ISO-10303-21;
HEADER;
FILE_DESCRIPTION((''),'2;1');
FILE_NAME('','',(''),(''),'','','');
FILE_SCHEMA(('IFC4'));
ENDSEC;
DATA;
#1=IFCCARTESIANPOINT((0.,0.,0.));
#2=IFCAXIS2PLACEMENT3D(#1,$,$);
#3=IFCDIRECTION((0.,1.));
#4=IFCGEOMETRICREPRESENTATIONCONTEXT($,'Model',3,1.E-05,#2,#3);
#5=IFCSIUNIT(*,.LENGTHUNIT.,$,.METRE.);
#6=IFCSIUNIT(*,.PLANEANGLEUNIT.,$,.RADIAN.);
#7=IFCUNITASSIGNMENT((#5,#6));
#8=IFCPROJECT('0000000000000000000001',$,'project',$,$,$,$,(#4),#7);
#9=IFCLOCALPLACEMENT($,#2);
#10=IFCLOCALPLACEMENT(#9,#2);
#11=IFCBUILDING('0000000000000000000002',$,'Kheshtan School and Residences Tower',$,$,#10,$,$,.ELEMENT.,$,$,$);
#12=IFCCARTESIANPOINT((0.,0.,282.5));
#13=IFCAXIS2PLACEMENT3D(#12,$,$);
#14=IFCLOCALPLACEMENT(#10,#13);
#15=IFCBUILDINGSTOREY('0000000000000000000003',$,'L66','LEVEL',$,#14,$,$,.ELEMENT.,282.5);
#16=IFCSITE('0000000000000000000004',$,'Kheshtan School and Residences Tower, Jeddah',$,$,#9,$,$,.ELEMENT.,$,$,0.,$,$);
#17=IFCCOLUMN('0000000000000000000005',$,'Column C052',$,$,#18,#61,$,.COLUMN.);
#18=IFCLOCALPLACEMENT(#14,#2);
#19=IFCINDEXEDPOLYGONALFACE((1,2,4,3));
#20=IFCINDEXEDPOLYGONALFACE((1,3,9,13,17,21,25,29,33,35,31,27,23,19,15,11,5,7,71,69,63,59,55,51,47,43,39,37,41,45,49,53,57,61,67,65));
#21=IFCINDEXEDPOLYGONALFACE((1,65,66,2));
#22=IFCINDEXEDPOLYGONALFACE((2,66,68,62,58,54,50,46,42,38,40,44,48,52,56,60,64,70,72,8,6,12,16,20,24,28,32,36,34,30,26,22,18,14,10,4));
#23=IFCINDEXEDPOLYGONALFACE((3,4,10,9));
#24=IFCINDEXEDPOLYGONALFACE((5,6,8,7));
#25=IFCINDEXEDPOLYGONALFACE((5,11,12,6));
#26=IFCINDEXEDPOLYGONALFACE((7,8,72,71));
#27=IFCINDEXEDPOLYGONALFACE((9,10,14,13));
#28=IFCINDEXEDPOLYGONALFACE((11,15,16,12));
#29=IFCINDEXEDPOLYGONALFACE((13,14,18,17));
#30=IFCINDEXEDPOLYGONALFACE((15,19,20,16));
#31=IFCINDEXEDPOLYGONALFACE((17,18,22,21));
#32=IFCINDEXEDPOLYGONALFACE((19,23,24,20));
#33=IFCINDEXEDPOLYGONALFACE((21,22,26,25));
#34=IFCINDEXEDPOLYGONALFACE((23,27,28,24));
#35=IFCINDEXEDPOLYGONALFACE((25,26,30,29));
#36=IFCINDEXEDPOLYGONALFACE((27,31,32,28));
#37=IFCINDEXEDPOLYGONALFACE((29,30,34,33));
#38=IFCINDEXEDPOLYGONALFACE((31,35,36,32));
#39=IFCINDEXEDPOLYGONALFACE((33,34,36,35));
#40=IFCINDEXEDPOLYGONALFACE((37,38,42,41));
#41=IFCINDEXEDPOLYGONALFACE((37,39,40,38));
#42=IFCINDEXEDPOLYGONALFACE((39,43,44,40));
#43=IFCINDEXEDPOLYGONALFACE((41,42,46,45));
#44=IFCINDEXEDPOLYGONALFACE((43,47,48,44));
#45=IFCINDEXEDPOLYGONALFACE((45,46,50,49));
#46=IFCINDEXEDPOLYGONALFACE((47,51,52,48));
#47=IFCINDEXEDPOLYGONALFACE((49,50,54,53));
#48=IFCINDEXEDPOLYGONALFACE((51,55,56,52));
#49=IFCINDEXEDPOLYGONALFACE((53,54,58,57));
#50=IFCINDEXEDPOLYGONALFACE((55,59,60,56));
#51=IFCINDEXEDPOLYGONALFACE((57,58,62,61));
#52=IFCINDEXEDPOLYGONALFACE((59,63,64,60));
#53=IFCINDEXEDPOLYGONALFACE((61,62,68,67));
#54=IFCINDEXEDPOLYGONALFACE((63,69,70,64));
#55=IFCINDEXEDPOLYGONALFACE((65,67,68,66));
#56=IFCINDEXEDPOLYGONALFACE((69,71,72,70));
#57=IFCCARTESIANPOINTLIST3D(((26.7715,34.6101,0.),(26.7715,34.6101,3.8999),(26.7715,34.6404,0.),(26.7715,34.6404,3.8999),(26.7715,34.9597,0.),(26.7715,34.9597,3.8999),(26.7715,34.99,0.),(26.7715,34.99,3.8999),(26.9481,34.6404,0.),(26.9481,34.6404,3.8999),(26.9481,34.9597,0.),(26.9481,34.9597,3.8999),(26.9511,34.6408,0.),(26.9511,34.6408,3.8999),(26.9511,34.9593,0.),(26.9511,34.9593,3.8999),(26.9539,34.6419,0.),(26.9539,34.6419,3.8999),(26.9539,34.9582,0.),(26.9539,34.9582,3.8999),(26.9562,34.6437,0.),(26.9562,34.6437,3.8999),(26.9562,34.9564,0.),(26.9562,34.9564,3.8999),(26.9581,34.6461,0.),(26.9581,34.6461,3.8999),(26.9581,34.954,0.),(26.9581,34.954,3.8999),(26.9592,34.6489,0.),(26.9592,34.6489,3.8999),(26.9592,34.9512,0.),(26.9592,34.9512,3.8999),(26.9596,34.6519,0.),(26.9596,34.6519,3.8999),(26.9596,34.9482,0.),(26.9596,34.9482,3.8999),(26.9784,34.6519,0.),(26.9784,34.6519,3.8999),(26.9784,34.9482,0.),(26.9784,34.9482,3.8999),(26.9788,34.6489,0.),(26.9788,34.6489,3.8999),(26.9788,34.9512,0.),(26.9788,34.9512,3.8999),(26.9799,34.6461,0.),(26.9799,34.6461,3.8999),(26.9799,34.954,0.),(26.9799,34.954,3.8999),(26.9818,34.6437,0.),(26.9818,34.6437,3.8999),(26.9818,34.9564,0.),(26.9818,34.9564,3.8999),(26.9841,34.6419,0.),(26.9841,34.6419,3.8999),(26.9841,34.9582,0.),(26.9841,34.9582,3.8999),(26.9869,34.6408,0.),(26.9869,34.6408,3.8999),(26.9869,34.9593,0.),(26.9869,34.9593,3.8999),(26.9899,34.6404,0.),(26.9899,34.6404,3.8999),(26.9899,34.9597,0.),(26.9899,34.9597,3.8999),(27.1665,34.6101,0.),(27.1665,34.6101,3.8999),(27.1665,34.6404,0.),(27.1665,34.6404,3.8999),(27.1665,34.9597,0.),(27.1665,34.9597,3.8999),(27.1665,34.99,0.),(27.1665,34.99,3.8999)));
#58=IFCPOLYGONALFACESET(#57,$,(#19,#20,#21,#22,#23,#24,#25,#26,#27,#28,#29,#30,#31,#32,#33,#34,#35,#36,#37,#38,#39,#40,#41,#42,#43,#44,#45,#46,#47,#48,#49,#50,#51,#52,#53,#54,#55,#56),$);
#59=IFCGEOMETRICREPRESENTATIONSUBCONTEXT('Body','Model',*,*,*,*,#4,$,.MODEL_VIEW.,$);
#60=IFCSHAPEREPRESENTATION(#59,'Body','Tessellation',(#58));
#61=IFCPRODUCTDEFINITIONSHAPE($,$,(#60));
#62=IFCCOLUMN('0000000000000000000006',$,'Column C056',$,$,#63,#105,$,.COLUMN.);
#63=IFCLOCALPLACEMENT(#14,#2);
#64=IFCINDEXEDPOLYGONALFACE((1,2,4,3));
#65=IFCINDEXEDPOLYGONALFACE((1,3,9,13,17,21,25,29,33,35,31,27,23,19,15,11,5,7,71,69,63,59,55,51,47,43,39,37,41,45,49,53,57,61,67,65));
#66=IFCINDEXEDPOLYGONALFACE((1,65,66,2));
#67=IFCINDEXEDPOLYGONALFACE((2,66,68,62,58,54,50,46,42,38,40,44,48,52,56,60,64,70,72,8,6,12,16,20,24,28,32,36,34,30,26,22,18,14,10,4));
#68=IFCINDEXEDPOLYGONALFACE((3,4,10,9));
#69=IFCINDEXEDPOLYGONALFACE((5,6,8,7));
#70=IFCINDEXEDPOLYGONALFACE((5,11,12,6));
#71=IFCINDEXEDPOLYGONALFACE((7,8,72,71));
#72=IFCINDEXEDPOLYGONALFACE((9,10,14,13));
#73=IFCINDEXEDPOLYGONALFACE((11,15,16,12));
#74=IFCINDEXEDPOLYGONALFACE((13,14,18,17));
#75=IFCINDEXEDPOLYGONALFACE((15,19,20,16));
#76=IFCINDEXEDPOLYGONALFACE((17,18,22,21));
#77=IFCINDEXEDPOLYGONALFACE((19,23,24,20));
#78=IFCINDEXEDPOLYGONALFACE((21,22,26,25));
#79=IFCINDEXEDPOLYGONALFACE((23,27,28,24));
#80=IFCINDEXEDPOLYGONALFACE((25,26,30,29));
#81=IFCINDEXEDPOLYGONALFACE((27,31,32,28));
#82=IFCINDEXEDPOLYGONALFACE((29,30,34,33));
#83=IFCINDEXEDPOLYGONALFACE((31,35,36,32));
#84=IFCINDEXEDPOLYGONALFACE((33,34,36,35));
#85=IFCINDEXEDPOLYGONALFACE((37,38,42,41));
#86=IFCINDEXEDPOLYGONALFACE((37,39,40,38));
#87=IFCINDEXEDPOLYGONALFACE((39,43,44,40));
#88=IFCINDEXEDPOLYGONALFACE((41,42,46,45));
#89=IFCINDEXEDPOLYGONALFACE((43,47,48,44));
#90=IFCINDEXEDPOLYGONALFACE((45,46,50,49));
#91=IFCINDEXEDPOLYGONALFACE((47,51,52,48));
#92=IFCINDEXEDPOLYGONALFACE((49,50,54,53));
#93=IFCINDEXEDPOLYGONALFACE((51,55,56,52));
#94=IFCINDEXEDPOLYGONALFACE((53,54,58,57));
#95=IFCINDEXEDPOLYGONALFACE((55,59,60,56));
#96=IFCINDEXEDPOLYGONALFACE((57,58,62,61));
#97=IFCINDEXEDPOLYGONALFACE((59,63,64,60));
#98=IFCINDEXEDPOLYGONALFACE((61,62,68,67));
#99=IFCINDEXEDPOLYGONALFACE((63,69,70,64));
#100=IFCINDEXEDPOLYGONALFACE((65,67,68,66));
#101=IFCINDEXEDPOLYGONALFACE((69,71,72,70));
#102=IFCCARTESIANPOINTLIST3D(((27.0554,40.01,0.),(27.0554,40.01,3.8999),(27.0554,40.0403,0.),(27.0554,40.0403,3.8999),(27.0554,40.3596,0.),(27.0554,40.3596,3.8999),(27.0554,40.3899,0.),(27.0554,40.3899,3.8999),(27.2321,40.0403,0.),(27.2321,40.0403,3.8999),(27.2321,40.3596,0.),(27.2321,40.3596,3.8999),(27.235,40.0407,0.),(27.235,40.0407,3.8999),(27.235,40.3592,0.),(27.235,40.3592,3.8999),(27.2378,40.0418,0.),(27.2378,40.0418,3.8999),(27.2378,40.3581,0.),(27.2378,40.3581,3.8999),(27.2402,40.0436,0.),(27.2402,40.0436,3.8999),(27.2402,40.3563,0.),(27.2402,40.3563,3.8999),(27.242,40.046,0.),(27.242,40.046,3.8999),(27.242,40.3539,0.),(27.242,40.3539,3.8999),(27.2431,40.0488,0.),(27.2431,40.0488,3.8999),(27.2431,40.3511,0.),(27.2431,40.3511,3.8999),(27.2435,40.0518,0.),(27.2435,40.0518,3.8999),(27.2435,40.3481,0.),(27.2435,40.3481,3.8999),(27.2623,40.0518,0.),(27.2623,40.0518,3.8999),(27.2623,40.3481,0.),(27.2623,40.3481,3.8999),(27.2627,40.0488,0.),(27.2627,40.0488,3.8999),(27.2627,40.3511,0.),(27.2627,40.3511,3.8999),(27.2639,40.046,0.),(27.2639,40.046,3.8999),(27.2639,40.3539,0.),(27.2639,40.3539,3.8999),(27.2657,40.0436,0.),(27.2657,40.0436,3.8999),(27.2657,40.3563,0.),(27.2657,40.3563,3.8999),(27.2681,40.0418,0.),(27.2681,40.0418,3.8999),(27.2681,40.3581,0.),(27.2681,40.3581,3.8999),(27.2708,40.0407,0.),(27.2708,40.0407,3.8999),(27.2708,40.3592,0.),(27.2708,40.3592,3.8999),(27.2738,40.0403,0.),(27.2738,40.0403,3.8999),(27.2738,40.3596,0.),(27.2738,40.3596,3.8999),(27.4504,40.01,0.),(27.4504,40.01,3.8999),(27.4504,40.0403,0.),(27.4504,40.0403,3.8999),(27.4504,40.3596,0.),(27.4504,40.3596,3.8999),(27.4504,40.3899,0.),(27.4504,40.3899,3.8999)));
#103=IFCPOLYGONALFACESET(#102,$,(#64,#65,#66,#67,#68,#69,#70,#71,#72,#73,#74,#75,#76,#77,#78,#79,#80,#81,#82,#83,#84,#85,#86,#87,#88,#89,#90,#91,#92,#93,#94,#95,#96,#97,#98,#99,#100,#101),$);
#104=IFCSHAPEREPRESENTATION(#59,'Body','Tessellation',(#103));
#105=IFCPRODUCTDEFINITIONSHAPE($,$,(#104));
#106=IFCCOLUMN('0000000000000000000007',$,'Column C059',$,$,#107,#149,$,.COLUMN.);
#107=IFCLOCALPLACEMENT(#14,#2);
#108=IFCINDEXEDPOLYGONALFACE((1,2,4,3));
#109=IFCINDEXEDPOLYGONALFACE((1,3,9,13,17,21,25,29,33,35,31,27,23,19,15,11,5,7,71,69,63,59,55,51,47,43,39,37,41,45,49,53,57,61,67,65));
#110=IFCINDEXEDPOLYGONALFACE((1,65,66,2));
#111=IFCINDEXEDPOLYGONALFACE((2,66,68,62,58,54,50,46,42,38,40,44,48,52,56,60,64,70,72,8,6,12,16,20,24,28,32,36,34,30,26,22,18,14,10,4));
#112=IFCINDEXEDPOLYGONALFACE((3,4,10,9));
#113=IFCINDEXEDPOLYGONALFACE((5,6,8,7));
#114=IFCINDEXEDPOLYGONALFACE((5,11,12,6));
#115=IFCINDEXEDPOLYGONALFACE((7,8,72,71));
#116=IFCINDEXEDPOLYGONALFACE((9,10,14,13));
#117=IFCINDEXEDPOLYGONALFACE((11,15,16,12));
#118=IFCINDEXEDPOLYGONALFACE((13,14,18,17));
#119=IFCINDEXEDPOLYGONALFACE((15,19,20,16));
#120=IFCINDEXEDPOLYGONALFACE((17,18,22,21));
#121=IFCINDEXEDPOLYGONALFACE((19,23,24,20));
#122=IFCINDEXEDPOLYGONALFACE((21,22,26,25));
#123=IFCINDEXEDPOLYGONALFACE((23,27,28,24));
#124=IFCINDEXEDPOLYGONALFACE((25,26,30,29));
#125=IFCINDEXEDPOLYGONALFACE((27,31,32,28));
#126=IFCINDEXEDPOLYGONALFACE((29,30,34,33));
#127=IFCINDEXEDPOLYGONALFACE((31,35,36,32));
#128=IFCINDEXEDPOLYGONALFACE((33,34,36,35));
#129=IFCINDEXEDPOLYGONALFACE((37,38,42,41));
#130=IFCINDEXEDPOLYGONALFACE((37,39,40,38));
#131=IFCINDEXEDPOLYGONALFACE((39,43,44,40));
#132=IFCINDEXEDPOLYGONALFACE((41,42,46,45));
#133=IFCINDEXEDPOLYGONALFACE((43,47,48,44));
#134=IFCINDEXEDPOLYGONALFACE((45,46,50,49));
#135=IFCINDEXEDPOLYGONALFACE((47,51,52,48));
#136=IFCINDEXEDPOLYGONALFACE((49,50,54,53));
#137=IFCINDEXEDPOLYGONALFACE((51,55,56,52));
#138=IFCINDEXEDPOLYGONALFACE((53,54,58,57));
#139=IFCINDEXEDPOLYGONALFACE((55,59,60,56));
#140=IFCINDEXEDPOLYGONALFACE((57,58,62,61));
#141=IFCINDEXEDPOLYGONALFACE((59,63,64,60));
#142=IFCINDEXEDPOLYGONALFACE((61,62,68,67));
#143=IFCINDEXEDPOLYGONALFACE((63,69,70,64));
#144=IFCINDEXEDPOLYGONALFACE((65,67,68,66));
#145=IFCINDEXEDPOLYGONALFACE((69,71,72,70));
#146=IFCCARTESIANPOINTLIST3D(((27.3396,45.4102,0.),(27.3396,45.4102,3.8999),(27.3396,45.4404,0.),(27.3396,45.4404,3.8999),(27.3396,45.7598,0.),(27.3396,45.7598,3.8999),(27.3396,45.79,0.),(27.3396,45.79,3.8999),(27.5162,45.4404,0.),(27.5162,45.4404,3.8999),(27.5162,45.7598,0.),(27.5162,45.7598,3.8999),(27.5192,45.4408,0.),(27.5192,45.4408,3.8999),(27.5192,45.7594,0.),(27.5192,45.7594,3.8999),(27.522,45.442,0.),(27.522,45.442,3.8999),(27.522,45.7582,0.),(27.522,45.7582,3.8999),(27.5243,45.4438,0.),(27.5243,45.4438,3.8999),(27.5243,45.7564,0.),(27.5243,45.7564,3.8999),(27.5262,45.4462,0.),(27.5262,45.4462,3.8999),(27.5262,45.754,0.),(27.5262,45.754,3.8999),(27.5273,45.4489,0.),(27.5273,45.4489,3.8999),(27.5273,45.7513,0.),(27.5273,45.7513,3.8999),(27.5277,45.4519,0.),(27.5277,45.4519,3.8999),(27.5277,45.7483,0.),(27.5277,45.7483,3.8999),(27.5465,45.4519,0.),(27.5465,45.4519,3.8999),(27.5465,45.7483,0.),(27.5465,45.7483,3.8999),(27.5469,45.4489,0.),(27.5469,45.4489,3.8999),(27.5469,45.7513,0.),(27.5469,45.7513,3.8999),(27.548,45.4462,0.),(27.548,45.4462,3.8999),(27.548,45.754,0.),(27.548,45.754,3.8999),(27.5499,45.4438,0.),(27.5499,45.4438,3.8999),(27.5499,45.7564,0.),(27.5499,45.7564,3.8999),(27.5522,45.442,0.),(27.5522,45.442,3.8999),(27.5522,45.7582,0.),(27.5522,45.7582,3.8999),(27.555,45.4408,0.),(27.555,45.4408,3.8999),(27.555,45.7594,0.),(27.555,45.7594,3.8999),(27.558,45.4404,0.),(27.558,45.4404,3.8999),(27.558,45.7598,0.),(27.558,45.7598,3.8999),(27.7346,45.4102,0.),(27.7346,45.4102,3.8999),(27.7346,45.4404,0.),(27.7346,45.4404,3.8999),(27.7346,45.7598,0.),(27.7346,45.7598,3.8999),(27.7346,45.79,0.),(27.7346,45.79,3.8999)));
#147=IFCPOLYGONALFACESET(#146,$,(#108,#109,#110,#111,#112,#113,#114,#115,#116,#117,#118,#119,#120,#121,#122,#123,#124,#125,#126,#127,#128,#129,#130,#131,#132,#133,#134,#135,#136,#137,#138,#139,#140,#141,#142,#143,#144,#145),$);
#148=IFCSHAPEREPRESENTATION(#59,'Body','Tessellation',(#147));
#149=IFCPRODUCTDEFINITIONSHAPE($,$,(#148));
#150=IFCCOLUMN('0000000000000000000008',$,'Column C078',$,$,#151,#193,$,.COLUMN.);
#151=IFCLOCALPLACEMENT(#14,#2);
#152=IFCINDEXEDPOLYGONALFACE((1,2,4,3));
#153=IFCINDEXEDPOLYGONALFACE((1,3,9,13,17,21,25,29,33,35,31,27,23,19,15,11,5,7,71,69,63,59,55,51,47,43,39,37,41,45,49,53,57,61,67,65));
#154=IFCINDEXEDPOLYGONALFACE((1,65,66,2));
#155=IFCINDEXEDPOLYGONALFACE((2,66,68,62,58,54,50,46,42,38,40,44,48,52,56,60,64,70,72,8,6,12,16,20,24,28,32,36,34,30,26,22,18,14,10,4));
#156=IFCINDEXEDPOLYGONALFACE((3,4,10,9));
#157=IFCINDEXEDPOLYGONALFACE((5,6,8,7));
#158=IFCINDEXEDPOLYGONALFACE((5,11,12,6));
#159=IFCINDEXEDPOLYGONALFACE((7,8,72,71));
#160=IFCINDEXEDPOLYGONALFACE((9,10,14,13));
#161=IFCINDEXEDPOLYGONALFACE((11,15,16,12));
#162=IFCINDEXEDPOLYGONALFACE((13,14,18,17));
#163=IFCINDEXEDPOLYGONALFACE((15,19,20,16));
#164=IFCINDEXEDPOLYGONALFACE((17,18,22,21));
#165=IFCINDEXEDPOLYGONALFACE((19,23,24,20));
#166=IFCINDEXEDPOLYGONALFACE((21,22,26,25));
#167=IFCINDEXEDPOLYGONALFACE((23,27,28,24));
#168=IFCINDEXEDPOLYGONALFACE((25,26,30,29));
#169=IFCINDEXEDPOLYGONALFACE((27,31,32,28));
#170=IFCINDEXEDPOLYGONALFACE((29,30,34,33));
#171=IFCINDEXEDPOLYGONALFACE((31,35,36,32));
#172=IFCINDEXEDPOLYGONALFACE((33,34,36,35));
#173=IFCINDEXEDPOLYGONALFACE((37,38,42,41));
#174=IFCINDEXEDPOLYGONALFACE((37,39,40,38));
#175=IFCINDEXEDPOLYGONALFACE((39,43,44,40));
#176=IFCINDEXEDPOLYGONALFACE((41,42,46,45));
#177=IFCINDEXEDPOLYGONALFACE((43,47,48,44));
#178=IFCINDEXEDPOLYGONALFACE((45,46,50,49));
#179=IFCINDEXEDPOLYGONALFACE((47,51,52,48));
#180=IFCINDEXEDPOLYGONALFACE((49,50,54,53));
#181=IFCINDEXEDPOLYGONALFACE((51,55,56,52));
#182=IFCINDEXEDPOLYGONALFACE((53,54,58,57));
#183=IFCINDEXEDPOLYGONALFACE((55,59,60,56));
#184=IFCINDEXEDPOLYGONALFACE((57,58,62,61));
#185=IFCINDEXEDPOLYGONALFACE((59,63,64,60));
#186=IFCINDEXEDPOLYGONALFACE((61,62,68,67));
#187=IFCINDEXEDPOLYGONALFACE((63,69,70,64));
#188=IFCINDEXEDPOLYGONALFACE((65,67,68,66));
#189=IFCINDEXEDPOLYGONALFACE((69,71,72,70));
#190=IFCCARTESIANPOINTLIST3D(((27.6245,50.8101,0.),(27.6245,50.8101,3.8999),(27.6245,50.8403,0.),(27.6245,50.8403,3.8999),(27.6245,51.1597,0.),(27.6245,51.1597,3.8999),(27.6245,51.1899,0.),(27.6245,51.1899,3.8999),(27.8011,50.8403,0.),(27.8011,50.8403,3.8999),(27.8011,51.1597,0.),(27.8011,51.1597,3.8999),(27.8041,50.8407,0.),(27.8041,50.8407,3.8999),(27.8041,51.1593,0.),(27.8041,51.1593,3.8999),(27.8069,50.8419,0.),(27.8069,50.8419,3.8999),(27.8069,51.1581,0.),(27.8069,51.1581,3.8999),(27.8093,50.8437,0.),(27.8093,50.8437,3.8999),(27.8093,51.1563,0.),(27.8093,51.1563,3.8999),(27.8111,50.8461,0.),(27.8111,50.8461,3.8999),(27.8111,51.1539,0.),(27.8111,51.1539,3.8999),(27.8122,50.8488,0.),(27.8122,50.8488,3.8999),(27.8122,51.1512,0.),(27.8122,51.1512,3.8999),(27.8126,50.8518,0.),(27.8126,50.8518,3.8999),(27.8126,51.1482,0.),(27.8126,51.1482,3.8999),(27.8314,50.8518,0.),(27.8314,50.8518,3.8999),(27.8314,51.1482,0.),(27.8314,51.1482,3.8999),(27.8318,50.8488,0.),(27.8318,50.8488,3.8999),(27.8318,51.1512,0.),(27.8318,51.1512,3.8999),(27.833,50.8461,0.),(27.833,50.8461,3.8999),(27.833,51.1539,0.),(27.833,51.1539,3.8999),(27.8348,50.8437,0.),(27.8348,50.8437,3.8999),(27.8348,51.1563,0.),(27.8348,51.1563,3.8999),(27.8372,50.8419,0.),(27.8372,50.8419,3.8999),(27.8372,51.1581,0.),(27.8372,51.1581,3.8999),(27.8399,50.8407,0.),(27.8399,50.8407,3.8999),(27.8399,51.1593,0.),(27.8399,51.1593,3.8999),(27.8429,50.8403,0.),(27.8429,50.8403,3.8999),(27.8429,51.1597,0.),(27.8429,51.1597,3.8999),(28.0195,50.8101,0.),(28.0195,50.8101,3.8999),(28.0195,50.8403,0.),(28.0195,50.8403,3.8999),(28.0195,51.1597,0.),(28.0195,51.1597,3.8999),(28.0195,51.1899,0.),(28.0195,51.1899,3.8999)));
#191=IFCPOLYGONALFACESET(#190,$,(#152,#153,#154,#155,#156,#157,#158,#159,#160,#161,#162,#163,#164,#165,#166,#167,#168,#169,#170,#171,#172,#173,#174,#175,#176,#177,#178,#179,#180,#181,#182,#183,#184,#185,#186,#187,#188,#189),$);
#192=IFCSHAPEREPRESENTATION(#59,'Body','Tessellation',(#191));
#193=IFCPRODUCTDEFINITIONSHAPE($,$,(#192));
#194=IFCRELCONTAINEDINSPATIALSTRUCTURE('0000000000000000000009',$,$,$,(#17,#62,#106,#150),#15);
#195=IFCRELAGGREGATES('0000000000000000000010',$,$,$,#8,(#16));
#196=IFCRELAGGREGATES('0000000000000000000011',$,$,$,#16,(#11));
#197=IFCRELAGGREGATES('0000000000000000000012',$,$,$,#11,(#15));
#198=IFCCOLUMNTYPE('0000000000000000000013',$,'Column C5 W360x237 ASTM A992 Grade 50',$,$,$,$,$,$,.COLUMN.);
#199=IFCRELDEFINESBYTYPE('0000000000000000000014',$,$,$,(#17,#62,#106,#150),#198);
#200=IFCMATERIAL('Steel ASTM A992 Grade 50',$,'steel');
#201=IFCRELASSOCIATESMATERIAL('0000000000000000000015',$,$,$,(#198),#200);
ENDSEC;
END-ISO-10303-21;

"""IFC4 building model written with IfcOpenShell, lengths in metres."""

from ifc_helpers import new_model, si_unit, direction, frame, origin, origin_2d, place, context, subcontext, project, spatial, i_section, extrude, material, material_profile, profile_set, type_object, element, save


model = new_model("IFC4")

# Units and contexts
model_context = context("Model", 3, precision=1e-05, world=origin(), true_north=direction((0.0, 1.0)))
body_context = subcontext(model_context, "Body", "Model", "MODEL_VIEW")
ifc_project = project(units=[si_unit("LENGTHUNIT", "METRE"), si_unit("PLANEANGLEUNIT", "RADIAN")], contexts=[model_context])

# Site, building, storey
site_placement = place(None, origin())
site = spatial("IfcSite", under=ifc_project, at=site_placement, Name="Kheshtan School and Residences Tower, Jeddah", CompositionType="ELEMENT", RefElevation=0.0)
building_placement = place(site_placement, origin())
building = spatial("IfcBuilding", under=site, at=building_placement, Name="Kheshtan School and Residences Tower", CompositionType="ELEMENT")
storey_placement = place(building_placement, frame((0.0, 0.0, 282.5)))
storey = spatial("IfcBuildingStorey", under=building, at=storey_placement, Name="L66", Description="LEVEL", CompositionType="ELEMENT", Elevation=282.5)

# Columns
ifc_material_1 = material(Name="Steel ASTM A992 Grade 50", Category="steel")
ifc_material_profile_1 = material_profile(ifc_material_1, i_section(OverallWidth=0.395, OverallDepth=0.3799, WebThickness=0.0188, FlangeThickness=0.0303, FilletRadius=0.0115, at=origin_2d()), Name="W360x237")
ifc_profile_set_1 = profile_set([ifc_material_profile_1], Name="Steel ASTM A992 Grade 50")
column_type = type_object("IfcColumnType", Name="Column C5 W360x237 ASTM A992 Grade 50", PredefinedType="COLUMN", material=ifc_profile_set_1)
for number, where, z_axis, x_axis, name in (
    (1, (26.969, 34.8, 0.0), (0.0, 0.0, 1.0), (1.0, 0.0, 0.0), "Column C052"),
    (2, (27.2529, 40.2, 0.0), (0.0, 0.0, 1.0), (1.0, 0.0, 0.0), "Column C056"),
    (3, (27.5371, 45.6001, 0.0), (0.0, 0.0, 1.0), (1.0, 0.0, 0.0), "Column C059"),
    (4, (27.822, 51.0, 0.0), (0.0, 0.0, 1.0), (1.0, 0.0, 0.0), "Column C078"),
):
    element("IfcColumn", number, at=place(storey_placement, frame(where, z_axis=z_axis, x_axis=x_axis)), inside=storey, type_object=column_type, Name=name, PredefinedType="COLUMN", context=body_context, shape_type="SweptSolid", body=[
        extrude(i_section(OverallWidth=0.395, OverallDepth=0.3799, WebThickness=0.0188, FlangeThickness=0.0303, FilletRadius=0.0115, at=origin_2d()), origin(), (0.0, 0.0, 1.0), 3.8999),
    ])

save(model, "model.ifc")
